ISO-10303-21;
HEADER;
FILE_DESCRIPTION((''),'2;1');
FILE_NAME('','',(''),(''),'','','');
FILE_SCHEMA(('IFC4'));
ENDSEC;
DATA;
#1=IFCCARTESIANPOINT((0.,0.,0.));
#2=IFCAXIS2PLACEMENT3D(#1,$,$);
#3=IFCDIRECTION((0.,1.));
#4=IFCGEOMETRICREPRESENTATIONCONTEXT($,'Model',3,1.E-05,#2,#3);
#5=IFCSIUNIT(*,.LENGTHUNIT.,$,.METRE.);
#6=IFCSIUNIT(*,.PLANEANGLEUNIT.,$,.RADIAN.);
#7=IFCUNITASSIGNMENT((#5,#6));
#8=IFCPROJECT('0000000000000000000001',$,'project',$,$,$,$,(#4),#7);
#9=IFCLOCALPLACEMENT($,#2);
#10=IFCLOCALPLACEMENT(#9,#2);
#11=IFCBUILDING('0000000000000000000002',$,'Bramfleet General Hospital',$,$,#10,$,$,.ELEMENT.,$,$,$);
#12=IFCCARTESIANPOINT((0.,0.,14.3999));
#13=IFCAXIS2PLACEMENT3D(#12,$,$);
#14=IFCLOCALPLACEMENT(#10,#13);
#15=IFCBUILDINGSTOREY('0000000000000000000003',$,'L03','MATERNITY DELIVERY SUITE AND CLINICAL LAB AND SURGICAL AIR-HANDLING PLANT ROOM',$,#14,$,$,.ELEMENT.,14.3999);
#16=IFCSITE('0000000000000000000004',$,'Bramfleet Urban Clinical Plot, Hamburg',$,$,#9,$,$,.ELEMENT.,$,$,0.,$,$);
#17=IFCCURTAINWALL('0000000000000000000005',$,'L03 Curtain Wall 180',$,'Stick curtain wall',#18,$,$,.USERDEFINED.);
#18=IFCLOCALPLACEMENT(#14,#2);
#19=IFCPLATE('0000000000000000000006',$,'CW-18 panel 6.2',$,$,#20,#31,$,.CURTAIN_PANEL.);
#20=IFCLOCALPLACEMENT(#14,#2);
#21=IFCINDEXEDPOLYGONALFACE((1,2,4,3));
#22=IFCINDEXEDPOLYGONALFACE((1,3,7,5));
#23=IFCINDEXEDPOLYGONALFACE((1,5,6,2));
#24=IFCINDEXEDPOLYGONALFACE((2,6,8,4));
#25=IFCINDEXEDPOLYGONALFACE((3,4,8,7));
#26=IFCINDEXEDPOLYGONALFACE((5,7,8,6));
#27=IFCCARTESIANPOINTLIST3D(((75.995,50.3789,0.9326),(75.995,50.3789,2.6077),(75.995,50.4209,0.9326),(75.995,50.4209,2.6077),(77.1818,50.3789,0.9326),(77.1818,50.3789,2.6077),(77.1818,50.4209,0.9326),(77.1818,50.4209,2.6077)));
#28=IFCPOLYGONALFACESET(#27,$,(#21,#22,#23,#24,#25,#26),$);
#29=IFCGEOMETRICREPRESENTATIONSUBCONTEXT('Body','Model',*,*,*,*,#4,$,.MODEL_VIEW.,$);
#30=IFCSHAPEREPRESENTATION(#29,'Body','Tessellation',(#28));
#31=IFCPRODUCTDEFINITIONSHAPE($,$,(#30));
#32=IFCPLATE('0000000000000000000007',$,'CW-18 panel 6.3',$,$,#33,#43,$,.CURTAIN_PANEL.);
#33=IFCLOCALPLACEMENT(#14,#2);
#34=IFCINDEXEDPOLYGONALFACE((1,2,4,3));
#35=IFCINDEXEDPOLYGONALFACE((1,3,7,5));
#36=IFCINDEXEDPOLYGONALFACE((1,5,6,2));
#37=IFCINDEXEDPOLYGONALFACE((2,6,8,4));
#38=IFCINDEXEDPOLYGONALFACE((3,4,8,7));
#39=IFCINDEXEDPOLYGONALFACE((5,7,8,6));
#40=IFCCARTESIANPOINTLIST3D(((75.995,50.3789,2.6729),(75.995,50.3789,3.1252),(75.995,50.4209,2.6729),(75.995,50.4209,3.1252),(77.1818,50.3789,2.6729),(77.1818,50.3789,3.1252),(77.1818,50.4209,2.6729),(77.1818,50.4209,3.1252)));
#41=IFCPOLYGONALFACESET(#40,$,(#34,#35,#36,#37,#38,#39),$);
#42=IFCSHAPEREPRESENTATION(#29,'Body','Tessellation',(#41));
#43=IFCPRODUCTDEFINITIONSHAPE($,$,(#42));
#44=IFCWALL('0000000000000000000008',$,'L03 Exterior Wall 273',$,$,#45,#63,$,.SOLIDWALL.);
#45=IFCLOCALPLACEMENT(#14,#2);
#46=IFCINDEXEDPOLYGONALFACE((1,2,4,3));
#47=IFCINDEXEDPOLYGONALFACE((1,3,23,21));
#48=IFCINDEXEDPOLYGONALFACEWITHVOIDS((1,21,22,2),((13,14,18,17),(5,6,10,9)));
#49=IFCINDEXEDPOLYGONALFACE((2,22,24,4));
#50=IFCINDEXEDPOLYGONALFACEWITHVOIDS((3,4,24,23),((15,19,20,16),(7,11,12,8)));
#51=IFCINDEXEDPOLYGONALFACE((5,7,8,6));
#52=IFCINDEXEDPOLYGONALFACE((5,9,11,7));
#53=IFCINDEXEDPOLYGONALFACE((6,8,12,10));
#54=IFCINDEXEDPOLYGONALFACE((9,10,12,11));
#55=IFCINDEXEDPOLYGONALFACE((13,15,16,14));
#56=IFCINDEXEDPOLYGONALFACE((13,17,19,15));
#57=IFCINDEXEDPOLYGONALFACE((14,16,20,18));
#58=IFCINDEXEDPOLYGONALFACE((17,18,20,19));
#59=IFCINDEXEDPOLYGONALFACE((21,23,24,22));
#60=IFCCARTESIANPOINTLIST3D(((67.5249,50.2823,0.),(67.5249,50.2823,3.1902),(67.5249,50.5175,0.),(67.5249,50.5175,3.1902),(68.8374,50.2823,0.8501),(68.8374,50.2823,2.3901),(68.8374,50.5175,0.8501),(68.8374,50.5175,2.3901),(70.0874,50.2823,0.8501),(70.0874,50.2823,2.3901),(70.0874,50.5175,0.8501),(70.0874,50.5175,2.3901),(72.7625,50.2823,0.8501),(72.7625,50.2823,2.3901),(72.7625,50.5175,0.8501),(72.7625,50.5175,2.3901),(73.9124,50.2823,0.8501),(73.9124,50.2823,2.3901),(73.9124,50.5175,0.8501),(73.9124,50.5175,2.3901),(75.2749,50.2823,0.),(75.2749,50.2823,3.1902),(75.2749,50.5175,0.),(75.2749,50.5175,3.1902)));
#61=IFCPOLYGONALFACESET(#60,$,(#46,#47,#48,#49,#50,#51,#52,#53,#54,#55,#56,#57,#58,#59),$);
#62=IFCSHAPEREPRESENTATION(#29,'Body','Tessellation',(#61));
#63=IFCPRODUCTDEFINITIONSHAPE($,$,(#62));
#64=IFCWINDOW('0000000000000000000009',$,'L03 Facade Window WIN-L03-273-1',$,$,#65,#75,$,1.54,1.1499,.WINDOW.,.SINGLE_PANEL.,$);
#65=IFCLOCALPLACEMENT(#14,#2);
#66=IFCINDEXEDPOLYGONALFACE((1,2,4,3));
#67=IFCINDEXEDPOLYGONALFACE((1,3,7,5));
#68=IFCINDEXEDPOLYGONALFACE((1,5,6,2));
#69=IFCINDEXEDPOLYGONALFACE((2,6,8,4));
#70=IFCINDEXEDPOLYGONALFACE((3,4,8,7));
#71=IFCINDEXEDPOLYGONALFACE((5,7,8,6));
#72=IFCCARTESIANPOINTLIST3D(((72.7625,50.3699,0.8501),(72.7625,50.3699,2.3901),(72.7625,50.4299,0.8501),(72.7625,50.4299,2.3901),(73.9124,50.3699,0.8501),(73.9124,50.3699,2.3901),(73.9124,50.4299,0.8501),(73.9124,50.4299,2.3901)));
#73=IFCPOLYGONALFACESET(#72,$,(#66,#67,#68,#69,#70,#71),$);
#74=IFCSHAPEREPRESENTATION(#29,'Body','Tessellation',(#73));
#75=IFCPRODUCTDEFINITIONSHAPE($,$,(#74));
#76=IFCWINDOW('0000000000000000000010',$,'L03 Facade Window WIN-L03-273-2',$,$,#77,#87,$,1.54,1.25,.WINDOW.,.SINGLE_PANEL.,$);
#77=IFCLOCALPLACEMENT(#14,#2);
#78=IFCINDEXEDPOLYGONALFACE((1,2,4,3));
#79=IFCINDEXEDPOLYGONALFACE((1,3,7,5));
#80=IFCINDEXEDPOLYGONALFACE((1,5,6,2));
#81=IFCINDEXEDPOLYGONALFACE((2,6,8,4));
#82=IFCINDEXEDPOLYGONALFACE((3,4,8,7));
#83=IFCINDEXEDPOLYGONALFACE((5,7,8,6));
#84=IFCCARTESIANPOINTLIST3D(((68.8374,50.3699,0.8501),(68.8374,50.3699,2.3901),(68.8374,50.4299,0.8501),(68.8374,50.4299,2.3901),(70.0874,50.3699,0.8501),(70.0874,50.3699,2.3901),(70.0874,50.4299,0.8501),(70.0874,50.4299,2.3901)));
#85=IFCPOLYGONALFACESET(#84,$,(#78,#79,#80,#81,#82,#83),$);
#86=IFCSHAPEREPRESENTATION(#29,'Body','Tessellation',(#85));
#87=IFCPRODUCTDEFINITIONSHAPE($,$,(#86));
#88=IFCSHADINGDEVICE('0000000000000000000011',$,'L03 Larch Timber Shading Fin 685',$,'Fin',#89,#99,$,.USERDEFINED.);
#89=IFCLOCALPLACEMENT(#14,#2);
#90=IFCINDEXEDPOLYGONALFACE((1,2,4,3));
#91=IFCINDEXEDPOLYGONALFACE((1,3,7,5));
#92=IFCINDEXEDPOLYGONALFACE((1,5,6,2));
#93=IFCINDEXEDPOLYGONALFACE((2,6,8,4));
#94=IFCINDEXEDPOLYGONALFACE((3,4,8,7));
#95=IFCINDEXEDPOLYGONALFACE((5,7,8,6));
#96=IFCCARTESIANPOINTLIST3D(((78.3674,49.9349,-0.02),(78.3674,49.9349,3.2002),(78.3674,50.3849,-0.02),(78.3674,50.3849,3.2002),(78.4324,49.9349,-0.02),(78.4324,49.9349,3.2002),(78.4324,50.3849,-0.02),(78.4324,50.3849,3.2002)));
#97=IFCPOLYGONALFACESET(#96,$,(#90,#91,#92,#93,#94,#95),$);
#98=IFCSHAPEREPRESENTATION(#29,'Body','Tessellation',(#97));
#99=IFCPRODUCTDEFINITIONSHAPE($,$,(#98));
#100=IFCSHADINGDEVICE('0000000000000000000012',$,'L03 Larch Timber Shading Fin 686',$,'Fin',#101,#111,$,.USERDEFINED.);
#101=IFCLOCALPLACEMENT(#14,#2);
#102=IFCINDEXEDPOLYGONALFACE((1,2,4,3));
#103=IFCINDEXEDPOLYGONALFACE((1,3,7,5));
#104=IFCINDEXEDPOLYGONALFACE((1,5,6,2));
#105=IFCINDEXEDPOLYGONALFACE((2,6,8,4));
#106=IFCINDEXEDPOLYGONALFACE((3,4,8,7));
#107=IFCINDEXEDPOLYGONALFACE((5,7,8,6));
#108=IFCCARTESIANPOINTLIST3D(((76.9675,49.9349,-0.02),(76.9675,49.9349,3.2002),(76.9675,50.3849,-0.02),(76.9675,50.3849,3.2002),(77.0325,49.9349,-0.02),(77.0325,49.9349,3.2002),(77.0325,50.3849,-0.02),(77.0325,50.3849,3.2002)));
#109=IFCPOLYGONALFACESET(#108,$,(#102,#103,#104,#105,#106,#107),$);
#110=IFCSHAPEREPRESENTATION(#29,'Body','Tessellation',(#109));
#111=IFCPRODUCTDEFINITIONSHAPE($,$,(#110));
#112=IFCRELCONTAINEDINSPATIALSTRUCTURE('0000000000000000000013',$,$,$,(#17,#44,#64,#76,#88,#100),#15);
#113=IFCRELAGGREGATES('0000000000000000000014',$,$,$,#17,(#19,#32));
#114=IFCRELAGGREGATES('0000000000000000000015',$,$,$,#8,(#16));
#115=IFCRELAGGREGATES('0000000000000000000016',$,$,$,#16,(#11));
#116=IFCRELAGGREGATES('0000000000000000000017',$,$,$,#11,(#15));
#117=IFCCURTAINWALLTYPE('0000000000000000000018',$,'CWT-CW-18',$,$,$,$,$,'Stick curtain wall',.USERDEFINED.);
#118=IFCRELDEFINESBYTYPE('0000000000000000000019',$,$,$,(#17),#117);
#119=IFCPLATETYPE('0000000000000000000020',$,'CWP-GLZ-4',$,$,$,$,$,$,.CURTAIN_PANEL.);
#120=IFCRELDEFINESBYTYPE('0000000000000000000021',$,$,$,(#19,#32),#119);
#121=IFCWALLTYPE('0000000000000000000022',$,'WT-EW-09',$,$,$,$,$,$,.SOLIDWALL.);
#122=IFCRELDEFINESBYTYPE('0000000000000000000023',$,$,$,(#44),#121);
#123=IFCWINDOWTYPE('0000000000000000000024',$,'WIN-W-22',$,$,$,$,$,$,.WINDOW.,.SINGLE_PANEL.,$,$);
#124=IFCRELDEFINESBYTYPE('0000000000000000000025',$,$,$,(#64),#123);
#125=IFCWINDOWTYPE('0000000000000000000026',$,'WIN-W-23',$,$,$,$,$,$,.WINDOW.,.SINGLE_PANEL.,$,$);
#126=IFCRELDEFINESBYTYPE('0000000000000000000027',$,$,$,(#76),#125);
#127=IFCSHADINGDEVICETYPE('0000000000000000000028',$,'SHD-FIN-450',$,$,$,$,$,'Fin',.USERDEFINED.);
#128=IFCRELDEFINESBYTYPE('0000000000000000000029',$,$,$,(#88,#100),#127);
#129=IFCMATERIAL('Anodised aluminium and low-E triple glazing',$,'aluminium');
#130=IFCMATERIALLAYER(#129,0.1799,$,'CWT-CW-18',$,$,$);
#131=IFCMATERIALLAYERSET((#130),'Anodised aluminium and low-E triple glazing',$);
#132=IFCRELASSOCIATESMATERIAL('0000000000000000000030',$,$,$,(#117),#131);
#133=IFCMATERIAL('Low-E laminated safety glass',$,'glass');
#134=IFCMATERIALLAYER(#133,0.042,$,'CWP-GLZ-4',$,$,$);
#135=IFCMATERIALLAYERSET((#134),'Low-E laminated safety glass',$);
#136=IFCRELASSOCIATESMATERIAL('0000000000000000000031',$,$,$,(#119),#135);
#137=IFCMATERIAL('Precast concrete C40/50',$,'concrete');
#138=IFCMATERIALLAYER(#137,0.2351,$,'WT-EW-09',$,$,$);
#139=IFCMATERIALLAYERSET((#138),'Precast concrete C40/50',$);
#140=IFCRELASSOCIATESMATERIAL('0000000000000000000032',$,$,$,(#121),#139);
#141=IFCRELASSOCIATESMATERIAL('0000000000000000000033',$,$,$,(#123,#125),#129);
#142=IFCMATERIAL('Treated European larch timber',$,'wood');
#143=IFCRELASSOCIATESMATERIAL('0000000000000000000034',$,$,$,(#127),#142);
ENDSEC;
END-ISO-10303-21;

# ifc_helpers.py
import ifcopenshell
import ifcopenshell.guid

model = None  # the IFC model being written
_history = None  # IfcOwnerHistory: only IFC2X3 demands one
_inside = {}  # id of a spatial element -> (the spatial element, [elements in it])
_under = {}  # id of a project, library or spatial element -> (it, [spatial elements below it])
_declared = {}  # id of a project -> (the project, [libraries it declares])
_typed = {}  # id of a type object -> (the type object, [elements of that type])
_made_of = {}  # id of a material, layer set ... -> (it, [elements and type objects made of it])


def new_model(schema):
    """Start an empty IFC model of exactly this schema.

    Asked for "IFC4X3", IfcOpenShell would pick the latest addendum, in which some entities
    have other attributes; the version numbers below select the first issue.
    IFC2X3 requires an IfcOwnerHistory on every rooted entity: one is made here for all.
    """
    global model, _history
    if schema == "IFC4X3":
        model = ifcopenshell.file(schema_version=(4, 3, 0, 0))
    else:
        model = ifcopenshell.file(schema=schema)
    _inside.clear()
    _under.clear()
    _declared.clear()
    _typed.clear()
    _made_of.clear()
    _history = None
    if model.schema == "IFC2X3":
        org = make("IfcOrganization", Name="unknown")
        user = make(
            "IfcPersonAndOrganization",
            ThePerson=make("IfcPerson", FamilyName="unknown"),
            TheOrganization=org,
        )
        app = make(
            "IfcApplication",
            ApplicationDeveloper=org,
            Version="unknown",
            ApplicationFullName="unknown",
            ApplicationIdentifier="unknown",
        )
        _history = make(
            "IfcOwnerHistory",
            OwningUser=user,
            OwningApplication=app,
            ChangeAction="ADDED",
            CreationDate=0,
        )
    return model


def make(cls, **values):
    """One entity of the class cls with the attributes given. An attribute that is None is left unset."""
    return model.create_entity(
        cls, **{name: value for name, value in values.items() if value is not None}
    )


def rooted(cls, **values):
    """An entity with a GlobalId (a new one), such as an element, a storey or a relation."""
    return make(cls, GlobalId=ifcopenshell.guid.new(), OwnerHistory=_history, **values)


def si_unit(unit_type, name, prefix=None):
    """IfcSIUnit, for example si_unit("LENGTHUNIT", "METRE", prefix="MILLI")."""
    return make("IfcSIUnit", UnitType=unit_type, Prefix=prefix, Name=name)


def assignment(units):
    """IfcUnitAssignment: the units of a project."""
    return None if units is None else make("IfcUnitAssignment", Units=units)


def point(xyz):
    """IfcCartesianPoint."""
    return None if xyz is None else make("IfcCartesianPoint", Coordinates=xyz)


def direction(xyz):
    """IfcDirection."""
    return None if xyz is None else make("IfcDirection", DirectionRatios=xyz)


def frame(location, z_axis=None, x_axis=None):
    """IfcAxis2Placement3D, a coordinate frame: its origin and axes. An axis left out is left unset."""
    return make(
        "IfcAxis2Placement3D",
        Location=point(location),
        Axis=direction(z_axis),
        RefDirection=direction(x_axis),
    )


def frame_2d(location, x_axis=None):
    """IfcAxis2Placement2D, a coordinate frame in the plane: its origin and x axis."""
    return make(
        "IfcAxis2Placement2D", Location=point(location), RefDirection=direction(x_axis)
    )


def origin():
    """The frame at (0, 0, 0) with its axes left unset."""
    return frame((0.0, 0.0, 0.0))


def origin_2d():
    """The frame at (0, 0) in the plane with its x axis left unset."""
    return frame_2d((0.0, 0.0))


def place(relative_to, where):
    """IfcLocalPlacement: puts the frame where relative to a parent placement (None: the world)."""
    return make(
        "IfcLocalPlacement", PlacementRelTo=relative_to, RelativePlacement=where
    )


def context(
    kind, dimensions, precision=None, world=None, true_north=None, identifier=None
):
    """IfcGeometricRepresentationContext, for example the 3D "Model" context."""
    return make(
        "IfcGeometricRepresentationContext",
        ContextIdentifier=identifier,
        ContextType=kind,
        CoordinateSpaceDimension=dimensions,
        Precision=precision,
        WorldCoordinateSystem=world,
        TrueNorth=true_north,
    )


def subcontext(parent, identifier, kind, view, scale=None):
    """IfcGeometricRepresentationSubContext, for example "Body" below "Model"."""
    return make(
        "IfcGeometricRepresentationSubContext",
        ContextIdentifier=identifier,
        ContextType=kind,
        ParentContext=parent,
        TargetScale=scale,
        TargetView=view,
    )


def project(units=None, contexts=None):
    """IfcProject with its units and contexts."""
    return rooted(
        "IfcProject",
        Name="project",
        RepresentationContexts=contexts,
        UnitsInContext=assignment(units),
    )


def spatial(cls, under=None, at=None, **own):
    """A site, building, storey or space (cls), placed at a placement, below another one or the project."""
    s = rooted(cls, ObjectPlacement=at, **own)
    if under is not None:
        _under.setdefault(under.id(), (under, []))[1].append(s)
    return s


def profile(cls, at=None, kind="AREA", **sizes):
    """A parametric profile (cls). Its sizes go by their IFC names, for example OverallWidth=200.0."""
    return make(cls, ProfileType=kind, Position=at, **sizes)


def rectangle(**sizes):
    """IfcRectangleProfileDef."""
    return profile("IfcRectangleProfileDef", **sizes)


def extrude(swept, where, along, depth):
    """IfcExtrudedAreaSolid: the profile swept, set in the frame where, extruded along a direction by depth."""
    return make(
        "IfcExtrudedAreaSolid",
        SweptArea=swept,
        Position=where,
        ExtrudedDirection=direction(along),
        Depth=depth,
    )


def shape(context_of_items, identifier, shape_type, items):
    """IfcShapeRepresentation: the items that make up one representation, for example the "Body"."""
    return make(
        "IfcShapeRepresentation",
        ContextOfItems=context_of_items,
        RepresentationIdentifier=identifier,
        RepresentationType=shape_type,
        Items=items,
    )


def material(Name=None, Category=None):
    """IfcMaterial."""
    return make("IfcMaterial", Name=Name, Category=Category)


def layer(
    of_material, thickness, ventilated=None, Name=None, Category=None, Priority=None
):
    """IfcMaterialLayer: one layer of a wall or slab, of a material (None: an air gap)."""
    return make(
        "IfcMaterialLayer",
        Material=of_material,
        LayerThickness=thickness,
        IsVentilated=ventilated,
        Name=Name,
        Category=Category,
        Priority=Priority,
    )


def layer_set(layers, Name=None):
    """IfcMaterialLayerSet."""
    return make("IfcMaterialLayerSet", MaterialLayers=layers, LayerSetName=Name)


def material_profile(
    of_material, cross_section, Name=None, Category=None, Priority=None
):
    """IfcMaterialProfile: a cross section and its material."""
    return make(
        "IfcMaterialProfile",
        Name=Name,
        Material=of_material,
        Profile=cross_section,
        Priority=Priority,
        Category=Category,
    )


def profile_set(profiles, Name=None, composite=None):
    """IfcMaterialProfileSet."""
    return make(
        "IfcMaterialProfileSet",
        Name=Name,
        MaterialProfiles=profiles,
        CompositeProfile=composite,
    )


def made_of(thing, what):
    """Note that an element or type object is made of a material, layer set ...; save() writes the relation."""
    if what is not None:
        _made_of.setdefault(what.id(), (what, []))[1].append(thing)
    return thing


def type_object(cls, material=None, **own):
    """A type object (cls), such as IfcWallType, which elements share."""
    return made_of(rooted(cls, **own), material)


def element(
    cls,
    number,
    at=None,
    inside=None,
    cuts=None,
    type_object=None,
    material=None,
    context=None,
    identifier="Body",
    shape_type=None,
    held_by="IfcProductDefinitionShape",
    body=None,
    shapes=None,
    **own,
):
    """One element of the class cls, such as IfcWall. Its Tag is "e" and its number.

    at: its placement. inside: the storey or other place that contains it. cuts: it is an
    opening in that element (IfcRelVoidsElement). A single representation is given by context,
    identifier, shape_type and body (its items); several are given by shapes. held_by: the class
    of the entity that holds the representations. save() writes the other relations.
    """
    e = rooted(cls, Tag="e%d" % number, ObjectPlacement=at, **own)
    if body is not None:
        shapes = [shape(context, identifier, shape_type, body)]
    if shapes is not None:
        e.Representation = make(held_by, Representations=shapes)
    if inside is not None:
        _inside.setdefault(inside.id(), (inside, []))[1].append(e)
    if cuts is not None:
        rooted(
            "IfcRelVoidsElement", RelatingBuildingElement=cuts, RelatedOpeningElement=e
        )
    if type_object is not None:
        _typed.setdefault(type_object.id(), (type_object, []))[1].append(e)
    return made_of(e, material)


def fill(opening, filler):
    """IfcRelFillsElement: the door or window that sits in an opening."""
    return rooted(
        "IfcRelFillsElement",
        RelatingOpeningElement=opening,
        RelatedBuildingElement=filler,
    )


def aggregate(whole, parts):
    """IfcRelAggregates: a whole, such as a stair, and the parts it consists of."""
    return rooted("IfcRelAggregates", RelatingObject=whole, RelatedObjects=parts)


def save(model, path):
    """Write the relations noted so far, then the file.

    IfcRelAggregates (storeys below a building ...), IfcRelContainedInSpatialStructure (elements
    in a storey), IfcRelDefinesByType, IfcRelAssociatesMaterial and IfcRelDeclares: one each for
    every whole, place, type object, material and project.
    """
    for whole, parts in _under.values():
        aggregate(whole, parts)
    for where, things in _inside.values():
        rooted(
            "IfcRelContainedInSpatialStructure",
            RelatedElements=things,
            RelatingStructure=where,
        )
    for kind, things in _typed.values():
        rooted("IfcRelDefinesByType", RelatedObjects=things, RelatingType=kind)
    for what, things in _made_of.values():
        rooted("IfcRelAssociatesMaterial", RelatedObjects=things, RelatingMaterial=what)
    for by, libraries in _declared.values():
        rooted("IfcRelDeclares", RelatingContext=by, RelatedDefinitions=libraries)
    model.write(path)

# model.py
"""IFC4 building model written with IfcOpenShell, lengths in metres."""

from ifc_helpers import new_model, si_unit, direction, frame, frame_2d, origin, origin_2d, place, context, subcontext, project, spatial, rectangle, extrude, material, layer, layer_set, material_profile, profile_set, type_object, element, fill, aggregate, save


model = new_model("IFC4")

# Units and contexts
model_context = context("Model", 3, precision=1e-05, world=origin(), true_north=direction((0.0, 1.0)))
body_context = subcontext(model_context, "Body", "Model", "MODEL_VIEW")
ifc_project = project(units=[si_unit("LENGTHUNIT", "METRE"), si_unit("PLANEANGLEUNIT", "RADIAN")], contexts=[model_context])

# Site, building, storey
site_placement = place(None, origin())
site = spatial("IfcSite", under=ifc_project, at=site_placement, Name="Bramfleet Urban Clinical Plot, Hamburg", CompositionType="ELEMENT", RefElevation=0.0)
building_placement = place(site_placement, origin())
building = spatial("IfcBuilding", under=site, at=building_placement, Name="Bramfleet General Hospital", CompositionType="ELEMENT")
storey_placement = place(building_placement, frame((0.0, 0.0, 14.3999)))
storey = spatial("IfcBuildingStorey", under=building, at=storey_placement, Name="L03", Description="MATERNITY DELIVERY SUITE AND CLINICAL LAB AND SURGICAL AIR-HANDLING PLANT ROOM", CompositionType="ELEMENT", Elevation=14.3999)

# Curtain wall
ifc_material_1 = material(Name="Anodised aluminium and low-E triple glazing", Category="aluminium")
ifc_layer_1 = layer(ifc_material_1, 0.1799, Name="CWT-CW-18")
ifc_layer_set_1 = layer_set([ifc_layer_1], Name="Anodised aluminium and low-E triple glazing")
curtain_wall_type_1 = type_object("IfcCurtainWallType", Name="CWT-CW-18", ElementType="Stick curtain wall", PredefinedType="USERDEFINED", material=ifc_layer_set_1)
curtain_wall_1_placement = place(storey_placement, origin())
curtain_wall_1 = element("IfcCurtainWall", 1, at=curtain_wall_1_placement, inside=storey, type_object=curtain_wall_type_1, Name="L03 Curtain Wall 180", ObjectType="Stick curtain wall", PredefinedType="USERDEFINED")

# Plates
ifc_material_2 = material(Name="Low-E laminated safety glass", Category="glass")
ifc_layer_2 = layer(ifc_material_2, 0.042, Name="CWP-GLZ-4")
ifc_layer_set_2 = layer_set([ifc_layer_2], Name="Low-E laminated safety glass")
plate_type = type_object("IfcPlateType", Name="CWP-GLZ-4", PredefinedType="CURTAIN_PANEL", material=ifc_layer_set_2)
plate_1_placement = place(storey_placement, frame((76.5884, 50.3999, 0.9326), z_axis=(0.0, 0.0, 1.0), x_axis=(-1.0, 0.0, 0.0)))
plate_1 = element("IfcPlate", 2, at=plate_1_placement, type_object=plate_type, Name="CW-18 panel 6.2", PredefinedType="CURTAIN_PANEL", context=body_context, shape_type="SweptSolid", body=[
    extrude(rectangle(XDim=1.1868, YDim=0.042, at=origin_2d()), origin(), (0.0, 0.0, 1.0), 1.675),
])
plate_2_placement = place(storey_placement, frame((76.5884, 50.3999, 2.6729), z_axis=(0.0, 0.0, 1.0), x_axis=(-1.0, 0.0, 0.0)))
plate_2 = element("IfcPlate", 3, at=plate_2_placement, type_object=plate_type, Name="CW-18 panel 6.3", PredefinedType="CURTAIN_PANEL", context=body_context, shape_type="SweptSolid", body=[
    extrude(rectangle(XDim=1.1868, YDim=0.042, at=origin_2d()), origin(), (0.0, 0.0, 1.0), 0.4524),
])
aggregate(curtain_wall_1, [plate_1, plate_2])

# Wall, openings, windows
ifc_material_3 = material(Name="Precast concrete C40/50", Category="concrete")
ifc_layer_3 = layer(ifc_material_3, 0.2351, Name="WT-EW-09")
ifc_layer_set_3 = layer_set([ifc_layer_3], Name="Precast concrete C40/50")
wall_type = type_object("IfcWallType", Name="WT-EW-09", PredefinedType="SOLIDWALL", material=ifc_layer_set_3)
wall_placement = place(storey_placement, frame((75.2749, 50.3999, 0.0), z_axis=(0.0, 0.0, 1.0), x_axis=(-1.0, 0.0, 0.0)))
wall = element("IfcWall", 4, at=wall_placement, inside=storey, type_object=wall_type, Name="L03 Exterior Wall 273", PredefinedType="SOLIDWALL", context=body_context, shape_type="SweptSolid", body=[
    extrude(rectangle(XDim=7.75, YDim=0.2351, at=frame_2d((3.875, 0.0))), origin(), (0.0, 0.0, 1.0), 3.1902),
])
opening_1_placement = place(wall_placement, frame((1.3625, 0.0, 0.8501)))
opening_1 = element("IfcOpeningElement", 5, at=opening_1_placement, cuts=wall, PredefinedType="OPENING", context=body_context, shape_type="SweptSolid", body=[
    extrude(rectangle(XDim=1.1499, YDim=1.54, at=frame_2d((0.575, 0.77))), frame((0.0, 0.1274, 0.0), z_axis=(0.0, -1.0, 0.0), x_axis=(1.0, 0.0, 0.0)), (0.0, 0.0, 1.0), 0.2551),
])
opening_2_placement = place(wall_placement, frame((5.1875, 0.0, 0.8501)))
opening_2 = element("IfcOpeningElement", 6, at=opening_2_placement, cuts=wall, PredefinedType="OPENING", context=body_context, shape_type="SweptSolid", body=[
    extrude(rectangle(XDim=1.25, YDim=1.54, at=frame_2d((0.625, 0.77))), frame((0.0, 0.1274, 0.0), z_axis=(0.0, -1.0, 0.0), x_axis=(1.0, 0.0, 0.0)), (0.0, 0.0, 1.0), 0.2551),
])
window_type_1 = type_object("IfcWindowType", Name="WIN-W-22", PartitioningType="SINGLE_PANEL", PredefinedType="WINDOW", material=ifc_material_1)
window_1_placement = place(opening_1_placement, origin())
window_1 = element("IfcWindow", 7, at=window_1_placement, inside=storey, type_object=window_type_1, Name="L03 Facade Window WIN-L03-273-1", OverallHeight=1.54, OverallWidth=1.1499, PartitioningType="SINGLE_PANEL", PredefinedType="WINDOW", context=body_context, shape_type="SweptSolid", body=[
    extrude(rectangle(XDim=1.1499, YDim=1.54, at=frame_2d((0.575, 0.77))), frame((0.0, 0.03, 0.0), z_axis=(0.0, -1.0, 0.0), x_axis=(1.0, 0.0, 0.0)), (0.0, 0.0, 1.0), 0.0601),
])
fill(opening_1, window_1)
window_type_2 = type_object("IfcWindowType", Name="WIN-W-23", PartitioningType="SINGLE_PANEL", PredefinedType="WINDOW", material=ifc_material_1)
window_2_placement = place(opening_2_placement, origin())
window_2 = element("IfcWindow", 8, at=window_2_placement, inside=storey, type_object=window_type_2, Name="L03 Facade Window WIN-L03-273-2", OverallHeight=1.54, OverallWidth=1.25, PartitioningType="SINGLE_PANEL", PredefinedType="WINDOW", context=body_context, shape_type="SweptSolid", body=[
    extrude(rectangle(XDim=1.25, YDim=1.54, at=frame_2d((0.625, 0.77))), frame((0.0, 0.03, 0.0), z_axis=(0.0, -1.0, 0.0), x_axis=(1.0, 0.0, 0.0)), (0.0, 0.0, 1.0), 0.0601),
])
fill(opening_2, window_2)

# Shading devices
ifc_material_4 = material(Name="Treated European larch timber", Category="wood")
ifc_material_profile_1 = material_profile(ifc_material_4, rectangle(XDim=0.0649, YDim=0.45, at=origin_2d()), Name="LARCH FIN 450x65")
ifc_profile_set_1 = profile_set([ifc_material_profile_1], Name="Treated European larch timber")
shading_device_type = type_object("IfcShadingDeviceType", Name="SHD-FIN-450", ElementType="Fin", PredefinedType="USERDEFINED", material=ifc_profile_set_1)
for number, where, z_axis, x_axis, name in (
    (9, (78.3999, 50.1599, -0.02), (0.0, 0.0, 1.0), (-1.0, 0.0, 0.0), "L03 Larch Timber Shading Fin 685"),
    (10, (77.0, 50.1599, -0.02), (0.0, 0.0, 1.0), (-1.0, 0.0, 0.0), "L03 Larch Timber Shading Fin 686"),
):
    element("IfcShadingDevice", number, at=place(storey_placement, frame(where, z_axis=z_axis, x_axis=x_axis)), inside=storey, type_object=shading_device_type, Name=name, ObjectType="Fin", PredefinedType="USERDEFINED", context=body_context, shape_type="SweptSolid", body=[
        extrude(rectangle(XDim=0.0649, YDim=0.45, at=origin_2d()), origin(), (0.0, 0.0, 1.0), 3.2202),
    ])

save(model, "model.ifc")
